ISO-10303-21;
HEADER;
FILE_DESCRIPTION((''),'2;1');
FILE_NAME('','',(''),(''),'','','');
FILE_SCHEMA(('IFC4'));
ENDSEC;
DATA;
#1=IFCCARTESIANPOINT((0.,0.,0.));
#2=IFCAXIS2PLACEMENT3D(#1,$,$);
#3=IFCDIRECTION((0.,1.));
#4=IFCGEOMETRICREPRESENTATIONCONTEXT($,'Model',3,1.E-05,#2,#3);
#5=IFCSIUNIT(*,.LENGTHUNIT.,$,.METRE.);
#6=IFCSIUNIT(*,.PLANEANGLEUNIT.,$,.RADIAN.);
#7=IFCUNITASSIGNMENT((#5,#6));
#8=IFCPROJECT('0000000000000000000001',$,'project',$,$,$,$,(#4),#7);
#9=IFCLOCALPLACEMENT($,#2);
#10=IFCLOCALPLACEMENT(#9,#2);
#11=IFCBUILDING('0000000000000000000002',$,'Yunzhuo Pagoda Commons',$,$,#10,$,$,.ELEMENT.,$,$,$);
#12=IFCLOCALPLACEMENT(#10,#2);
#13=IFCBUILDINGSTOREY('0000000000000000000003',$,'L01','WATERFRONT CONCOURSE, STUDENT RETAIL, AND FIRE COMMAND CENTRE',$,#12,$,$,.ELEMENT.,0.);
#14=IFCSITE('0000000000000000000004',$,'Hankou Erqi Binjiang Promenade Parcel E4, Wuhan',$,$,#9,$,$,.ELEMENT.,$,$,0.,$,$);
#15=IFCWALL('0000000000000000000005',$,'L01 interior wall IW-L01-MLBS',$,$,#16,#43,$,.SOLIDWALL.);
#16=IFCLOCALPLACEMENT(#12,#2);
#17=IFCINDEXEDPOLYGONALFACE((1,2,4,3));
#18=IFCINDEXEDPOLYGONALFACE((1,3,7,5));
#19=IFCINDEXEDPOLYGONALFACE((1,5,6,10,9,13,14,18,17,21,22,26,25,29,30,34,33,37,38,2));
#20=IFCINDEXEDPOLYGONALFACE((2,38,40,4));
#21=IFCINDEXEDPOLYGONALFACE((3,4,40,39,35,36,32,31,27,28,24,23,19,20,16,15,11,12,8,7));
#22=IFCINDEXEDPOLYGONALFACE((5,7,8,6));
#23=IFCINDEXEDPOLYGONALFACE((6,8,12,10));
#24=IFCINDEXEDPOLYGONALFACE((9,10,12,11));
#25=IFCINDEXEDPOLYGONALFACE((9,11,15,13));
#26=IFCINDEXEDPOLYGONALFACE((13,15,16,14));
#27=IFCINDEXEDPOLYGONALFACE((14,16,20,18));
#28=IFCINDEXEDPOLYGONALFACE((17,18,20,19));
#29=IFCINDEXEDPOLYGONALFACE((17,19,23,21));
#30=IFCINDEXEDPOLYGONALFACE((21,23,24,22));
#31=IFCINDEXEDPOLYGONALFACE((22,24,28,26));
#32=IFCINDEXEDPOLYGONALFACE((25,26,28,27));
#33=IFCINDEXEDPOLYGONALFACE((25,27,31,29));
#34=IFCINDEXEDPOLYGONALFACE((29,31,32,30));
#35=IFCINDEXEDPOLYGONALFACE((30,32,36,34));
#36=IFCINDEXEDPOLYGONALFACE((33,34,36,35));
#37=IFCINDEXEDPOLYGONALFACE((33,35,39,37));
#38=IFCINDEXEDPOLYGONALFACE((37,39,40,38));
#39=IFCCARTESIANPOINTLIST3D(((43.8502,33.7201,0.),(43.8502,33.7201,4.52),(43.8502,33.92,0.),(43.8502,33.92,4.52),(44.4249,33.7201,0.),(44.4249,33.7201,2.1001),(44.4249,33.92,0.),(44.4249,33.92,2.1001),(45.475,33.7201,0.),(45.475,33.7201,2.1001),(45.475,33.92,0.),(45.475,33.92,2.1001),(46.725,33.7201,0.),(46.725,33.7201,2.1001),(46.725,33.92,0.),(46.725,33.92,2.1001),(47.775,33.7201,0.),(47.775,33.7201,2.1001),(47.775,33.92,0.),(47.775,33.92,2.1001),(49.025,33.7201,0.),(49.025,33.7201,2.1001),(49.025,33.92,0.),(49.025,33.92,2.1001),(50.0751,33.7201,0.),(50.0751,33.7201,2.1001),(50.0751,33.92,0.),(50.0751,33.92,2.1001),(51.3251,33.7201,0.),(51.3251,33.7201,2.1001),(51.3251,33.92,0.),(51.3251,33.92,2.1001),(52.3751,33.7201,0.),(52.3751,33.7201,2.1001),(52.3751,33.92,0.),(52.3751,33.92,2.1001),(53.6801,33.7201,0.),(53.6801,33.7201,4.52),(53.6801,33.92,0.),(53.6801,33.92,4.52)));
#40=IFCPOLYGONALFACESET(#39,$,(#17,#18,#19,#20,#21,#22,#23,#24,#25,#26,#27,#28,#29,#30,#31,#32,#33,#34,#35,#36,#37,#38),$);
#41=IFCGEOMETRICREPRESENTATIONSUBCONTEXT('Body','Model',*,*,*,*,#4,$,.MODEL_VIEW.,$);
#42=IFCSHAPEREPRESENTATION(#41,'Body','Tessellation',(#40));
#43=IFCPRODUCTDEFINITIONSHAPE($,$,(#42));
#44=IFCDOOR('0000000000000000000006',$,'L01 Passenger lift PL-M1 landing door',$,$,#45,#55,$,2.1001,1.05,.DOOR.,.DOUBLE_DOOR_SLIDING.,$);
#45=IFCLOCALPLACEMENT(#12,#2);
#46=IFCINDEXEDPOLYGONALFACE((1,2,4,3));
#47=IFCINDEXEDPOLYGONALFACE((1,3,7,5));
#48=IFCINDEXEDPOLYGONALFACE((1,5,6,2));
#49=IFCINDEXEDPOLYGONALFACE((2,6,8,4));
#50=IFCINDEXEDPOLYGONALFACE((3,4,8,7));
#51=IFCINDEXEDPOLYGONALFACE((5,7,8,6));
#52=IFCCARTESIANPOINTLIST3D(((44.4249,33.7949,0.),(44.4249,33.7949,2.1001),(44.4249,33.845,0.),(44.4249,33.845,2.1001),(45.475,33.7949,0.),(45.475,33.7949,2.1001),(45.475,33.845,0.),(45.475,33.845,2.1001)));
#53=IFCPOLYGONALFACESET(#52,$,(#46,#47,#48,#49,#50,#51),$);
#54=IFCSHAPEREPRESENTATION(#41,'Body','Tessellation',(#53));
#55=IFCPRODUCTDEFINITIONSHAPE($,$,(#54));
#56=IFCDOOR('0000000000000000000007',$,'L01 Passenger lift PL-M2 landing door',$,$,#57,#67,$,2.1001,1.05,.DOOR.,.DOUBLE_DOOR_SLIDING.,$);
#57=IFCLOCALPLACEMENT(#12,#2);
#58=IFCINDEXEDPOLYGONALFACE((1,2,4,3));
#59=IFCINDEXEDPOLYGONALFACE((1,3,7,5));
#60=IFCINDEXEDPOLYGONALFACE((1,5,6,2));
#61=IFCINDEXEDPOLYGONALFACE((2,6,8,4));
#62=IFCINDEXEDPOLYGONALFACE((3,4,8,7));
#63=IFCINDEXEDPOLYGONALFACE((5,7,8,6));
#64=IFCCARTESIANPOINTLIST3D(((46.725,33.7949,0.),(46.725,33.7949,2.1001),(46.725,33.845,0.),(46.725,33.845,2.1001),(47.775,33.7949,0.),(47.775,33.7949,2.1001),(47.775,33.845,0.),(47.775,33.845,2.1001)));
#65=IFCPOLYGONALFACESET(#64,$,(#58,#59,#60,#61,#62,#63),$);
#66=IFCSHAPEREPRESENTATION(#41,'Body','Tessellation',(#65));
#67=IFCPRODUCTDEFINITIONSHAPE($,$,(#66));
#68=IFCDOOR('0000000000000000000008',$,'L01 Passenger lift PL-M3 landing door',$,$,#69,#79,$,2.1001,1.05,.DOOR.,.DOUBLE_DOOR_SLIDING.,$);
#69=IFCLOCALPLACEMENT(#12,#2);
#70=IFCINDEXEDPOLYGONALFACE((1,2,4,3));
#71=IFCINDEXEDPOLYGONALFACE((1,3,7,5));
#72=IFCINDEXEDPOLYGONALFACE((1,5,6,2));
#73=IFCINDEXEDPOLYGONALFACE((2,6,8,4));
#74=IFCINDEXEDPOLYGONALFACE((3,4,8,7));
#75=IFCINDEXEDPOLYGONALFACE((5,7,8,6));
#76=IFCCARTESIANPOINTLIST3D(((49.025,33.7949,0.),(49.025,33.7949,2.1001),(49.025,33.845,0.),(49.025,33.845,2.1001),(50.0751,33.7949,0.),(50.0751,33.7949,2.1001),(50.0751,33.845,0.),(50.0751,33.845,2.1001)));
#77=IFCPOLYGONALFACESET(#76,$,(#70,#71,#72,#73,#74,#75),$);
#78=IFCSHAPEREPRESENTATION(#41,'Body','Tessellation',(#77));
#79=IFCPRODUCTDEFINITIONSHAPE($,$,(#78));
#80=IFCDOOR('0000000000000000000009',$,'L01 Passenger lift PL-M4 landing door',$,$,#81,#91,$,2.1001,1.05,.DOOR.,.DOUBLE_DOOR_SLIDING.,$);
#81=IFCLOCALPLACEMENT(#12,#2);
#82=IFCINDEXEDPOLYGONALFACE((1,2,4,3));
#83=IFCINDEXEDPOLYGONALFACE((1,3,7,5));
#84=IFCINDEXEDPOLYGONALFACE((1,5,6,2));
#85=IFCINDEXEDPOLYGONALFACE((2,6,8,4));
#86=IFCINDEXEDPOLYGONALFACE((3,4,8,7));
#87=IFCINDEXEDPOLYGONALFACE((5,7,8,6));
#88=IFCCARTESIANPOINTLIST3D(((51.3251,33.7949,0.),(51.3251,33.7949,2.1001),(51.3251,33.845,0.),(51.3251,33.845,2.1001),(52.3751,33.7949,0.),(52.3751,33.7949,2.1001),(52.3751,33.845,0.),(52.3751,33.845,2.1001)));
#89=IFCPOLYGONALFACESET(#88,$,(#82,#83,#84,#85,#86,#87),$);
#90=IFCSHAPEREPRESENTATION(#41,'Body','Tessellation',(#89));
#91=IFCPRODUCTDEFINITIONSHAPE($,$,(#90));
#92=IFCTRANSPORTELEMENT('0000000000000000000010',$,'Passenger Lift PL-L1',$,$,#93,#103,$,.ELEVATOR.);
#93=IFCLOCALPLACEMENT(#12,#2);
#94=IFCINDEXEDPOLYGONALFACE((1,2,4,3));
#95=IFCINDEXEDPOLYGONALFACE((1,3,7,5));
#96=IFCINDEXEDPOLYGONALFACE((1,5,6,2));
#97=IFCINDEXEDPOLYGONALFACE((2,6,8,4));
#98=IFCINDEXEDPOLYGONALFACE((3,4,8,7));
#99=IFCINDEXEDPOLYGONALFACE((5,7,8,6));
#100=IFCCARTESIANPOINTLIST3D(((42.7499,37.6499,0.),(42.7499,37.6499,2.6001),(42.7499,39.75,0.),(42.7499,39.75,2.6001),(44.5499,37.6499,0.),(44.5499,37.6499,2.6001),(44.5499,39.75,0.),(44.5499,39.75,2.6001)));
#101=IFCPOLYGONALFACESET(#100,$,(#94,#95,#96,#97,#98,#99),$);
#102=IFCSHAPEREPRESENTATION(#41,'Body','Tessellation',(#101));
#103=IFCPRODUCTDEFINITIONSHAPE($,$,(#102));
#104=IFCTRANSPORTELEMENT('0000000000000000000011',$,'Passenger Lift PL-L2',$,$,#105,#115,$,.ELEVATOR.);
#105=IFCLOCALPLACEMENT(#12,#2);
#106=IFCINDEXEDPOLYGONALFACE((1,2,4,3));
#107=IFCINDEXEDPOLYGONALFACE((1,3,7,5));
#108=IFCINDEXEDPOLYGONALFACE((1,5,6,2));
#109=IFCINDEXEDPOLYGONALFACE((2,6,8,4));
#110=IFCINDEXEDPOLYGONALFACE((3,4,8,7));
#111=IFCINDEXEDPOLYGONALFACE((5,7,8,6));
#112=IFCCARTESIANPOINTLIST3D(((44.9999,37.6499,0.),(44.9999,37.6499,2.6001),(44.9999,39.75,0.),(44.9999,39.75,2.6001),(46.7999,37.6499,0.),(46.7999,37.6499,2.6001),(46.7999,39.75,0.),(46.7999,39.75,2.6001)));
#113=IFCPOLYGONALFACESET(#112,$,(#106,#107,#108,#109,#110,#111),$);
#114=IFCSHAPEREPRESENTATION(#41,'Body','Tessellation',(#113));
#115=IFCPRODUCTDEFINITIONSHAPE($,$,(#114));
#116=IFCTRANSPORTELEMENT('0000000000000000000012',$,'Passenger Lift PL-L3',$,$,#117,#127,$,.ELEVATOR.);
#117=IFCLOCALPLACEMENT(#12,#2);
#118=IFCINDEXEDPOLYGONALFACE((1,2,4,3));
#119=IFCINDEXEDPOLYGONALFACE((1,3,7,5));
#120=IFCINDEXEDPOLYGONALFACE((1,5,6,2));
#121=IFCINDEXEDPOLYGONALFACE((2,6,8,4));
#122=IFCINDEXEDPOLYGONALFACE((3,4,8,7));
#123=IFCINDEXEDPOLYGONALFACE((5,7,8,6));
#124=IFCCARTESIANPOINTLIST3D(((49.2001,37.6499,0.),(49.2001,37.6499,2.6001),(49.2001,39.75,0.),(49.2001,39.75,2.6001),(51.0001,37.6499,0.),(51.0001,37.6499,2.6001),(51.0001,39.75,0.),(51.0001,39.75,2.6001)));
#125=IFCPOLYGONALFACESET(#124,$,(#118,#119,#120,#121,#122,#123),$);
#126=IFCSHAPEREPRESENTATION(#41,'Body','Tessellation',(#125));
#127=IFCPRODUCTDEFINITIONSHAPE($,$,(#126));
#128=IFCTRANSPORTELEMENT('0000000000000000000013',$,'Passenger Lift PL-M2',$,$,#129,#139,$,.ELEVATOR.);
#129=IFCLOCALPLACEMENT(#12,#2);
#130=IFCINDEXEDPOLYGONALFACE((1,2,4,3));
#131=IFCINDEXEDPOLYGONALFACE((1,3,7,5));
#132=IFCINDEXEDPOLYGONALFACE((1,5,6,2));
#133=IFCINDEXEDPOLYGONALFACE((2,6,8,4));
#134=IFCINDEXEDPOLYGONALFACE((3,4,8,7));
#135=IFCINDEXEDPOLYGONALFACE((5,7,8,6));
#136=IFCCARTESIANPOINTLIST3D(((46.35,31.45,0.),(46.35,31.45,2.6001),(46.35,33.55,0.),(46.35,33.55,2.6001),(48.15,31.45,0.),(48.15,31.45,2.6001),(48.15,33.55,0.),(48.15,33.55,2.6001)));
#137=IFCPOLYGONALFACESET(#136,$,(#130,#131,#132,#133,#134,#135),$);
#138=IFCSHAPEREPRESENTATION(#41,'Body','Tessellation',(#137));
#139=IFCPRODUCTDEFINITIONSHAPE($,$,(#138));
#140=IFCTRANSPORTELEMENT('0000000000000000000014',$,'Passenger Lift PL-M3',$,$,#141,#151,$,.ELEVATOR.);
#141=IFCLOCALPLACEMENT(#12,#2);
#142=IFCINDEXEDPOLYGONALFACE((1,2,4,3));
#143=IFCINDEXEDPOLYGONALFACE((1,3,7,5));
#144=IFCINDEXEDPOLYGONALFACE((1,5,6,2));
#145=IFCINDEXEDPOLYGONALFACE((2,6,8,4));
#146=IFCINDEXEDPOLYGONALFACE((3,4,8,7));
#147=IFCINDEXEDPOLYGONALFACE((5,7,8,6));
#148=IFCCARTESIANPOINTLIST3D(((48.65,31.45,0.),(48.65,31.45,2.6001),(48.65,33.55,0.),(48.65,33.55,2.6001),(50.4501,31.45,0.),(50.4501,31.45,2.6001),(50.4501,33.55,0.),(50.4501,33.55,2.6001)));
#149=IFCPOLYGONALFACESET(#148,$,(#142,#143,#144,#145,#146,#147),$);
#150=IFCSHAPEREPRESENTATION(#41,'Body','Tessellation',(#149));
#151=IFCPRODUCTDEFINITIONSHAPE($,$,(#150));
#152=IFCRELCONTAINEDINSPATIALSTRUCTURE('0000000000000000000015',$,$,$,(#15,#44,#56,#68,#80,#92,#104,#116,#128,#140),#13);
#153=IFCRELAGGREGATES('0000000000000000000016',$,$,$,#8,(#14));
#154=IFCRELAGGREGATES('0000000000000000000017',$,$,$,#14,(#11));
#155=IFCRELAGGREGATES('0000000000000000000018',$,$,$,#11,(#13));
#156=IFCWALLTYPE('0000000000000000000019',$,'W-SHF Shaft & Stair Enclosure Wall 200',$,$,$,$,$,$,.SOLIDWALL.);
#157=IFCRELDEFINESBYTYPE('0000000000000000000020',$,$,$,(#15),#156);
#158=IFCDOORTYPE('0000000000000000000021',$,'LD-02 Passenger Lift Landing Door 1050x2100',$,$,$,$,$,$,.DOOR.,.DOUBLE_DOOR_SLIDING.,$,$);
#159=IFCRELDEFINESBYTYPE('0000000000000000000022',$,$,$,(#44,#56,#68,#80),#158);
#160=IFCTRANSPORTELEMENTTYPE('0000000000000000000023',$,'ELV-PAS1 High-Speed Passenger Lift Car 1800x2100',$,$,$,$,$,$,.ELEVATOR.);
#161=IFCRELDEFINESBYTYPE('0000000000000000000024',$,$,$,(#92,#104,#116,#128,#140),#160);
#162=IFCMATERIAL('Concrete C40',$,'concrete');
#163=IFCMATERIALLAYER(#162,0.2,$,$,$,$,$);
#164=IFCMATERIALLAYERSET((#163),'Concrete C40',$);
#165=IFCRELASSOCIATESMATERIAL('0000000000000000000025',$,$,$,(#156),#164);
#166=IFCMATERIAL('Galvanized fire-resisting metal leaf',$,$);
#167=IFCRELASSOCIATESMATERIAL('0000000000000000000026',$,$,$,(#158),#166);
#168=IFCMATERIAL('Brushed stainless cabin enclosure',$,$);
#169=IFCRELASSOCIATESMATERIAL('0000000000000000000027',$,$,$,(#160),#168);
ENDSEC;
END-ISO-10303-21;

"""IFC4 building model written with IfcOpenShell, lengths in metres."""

from ifc_helpers import new_model, si_unit, direction, frame, frame_2d, origin, origin_with_axes, origin_2d, place, context, subcontext, project, spatial, rectangle, extrude, source, transform, mapped, material, layer, layer_set, type_object, element, fill, save


model = new_model("IFC4")

# Units and contexts
model_context = context("Model", 3, precision=1e-05, world=origin(), true_north=direction((0.0, 1.0)))
body_context = subcontext(model_context, "Body", "Model", "MODEL_VIEW")
ifc_project = project(units=[si_unit("LENGTHUNIT", "METRE"), si_unit("PLANEANGLEUNIT", "RADIAN")], contexts=[model_context])

# Site, building, storey
site_placement = place(None, origin())
site = spatial("IfcSite", under=ifc_project, at=site_placement, Name="Hankou Erqi Binjiang Promenade Parcel E4, Wuhan", CompositionType="ELEMENT", RefElevation=0.0)
building_placement = place(site_placement, origin())
building = spatial("IfcBuilding", under=site, at=building_placement, Name="Yunzhuo Pagoda Commons", CompositionType="ELEMENT")
storey_placement = place(building_placement, origin())
storey = spatial("IfcBuildingStorey", under=building, at=storey_placement, Name="L01", Description="WATERFRONT CONCOURSE, STUDENT RETAIL, AND FIRE COMMAND CENTRE", CompositionType="ELEMENT", Elevation=0.0)

# Shared definitions
ifc_material_1 = material(Name="Galvanized fire-resisting metal leaf")
shared_shape_1 = source(origin(), body_context, "Body", "SweptSolid", [
    extrude(rectangle(XDim=1.05, YDim=2.1001, at=frame_2d((0.5249, 1.05))), frame((0.0, 0.0249, 0.0), z_axis=(0.0, -1.0, 0.0), x_axis=(1.0, 0.0, 0.0)), (0.0, 0.0, 1.0), 0.05),
])

# Shared definitions
ifc_material_2 = material(Name="Concrete C40", Category="concrete")
ifc_layer_1 = layer(ifc_material_2, 0.2)
ifc_layer_set_1 = layer_set([ifc_layer_1], Name="Concrete C40")
wall_type_1 = type_object("IfcWallType", Name="W-SHF Shaft & Stair Enclosure Wall 200", PredefinedType="SOLIDWALL", material=ifc_layer_set_1)
door_type_1 = type_object("IfcDoorType", Name="LD-02 Passenger Lift Landing Door 1050x2100", OperationType="DOUBLE_DOOR_SLIDING", PredefinedType="DOOR", material=ifc_material_1)

# Wall, openings, doors
wall_1_placement = place(storey_placement, frame((43.8501, 33.8201, 0.0), z_axis=(0.0, 0.0, 1.0), x_axis=(1.0, 0.0, 0.0)))
wall_1 = element("IfcWall", 1, at=wall_1_placement, inside=storey, type_object=wall_type_1, Name="L01 interior wall IW-L01-MLBS", PredefinedType="SOLIDWALL", context=body_context, shape_type="SweptSolid", body=[
    extrude(rectangle(XDim=9.8298, YDim=0.2, at=frame_2d((4.915, 0.0))), origin(), (0.0, 0.0, 1.0), 4.52),
])
opening_1_placement = place(wall_1_placement, frame((0.575, 0.0, 0.0)))
opening_1 = element("IfcOpeningElement", 2, at=opening_1_placement, cuts=wall_1, PredefinedType="OPENING", context=body_context, shape_type="SweptSolid", body=[
    extrude(rectangle(XDim=1.05, YDim=2.1001, at=frame_2d((0.5249, 1.05))), frame((0.0, 0.1099, 0.0), z_axis=(0.0, -1.0, 0.0), x_axis=(1.0, 0.0, 0.0)), (0.0, 0.0, 1.0), 0.22),
])
opening_2_placement = place(wall_1_placement, frame((2.875, 0.0, 0.0)))
opening_2 = element("IfcOpeningElement", 3, at=opening_2_placement, cuts=wall_1, PredefinedType="OPENING", context=body_context, shape_type="SweptSolid", body=[
    extrude(rectangle(XDim=1.05, YDim=2.1001, at=frame_2d((0.5249, 1.05))), frame((0.0, 0.1099, 0.0), z_axis=(0.0, -1.0, 0.0), x_axis=(1.0, 0.0, 0.0)), (0.0, 0.0, 1.0), 0.22),
])
opening_3_placement = place(wall_1_placement, frame((5.175, 0.0, 0.0)))
opening_3 = element("IfcOpeningElement", 4, at=opening_3_placement, cuts=wall_1, PredefinedType="OPENING", context=body_context, shape_type="SweptSolid", body=[
    extrude(rectangle(XDim=1.05, YDim=2.1001, at=frame_2d((0.5249, 1.05))), frame((0.0, 0.1099, 0.0), z_axis=(0.0, -1.0, 0.0), x_axis=(1.0, 0.0, 0.0)), (0.0, 0.0, 1.0), 0.22),
])
opening_4_placement = place(wall_1_placement, frame((7.4751, 0.0, 0.0)))
opening_4 = element("IfcOpeningElement", 5, at=opening_4_placement, cuts=wall_1, PredefinedType="OPENING", context=body_context, shape_type="SweptSolid", body=[
    extrude(rectangle(XDim=1.05, YDim=2.1001, at=frame_2d((0.5249, 1.05))), frame((0.0, 0.1099, 0.0), z_axis=(0.0, -1.0, 0.0), x_axis=(1.0, 0.0, 0.0)), (0.0, 0.0, 1.0), 0.22),
])
door_1_placement = place(opening_1_placement, origin_with_axes())
door_1 = element("IfcDoor", 6, at=door_1_placement, inside=storey, type_object=door_type_1, Name="L01 Passenger lift PL-M1 landing door", OperationType="DOUBLE_DOOR_SLIDING", OverallHeight=2.1001, OverallWidth=1.05, PredefinedType="DOOR", context=body_context, shape_type="MappedRepresentation", body=[
    mapped(shared_shape_1, transform((0.0, 0.0, 0.0), scale=1.0)),
])
fill(opening_1, door_1)
door_2_placement = place(opening_2_placement, origin_with_axes())
door_2 = element("IfcDoor", 7, at=door_2_placement, inside=storey, type_object=door_type_1, Name="L01 Passenger lift PL-M2 landing door", OperationType="DOUBLE_DOOR_SLIDING", OverallHeight=2.1001, OverallWidth=1.05, PredefinedType="DOOR", context=body_context, shape_type="MappedRepresentation", body=[
    mapped(shared_shape_1, transform((0.0, 0.0, 0.0), scale=1.0)),
])
fill(opening_2, door_2)
door_3_placement = place(opening_3_placement, origin_with_axes())
door_3 = element("IfcDoor", 8, at=door_3_placement, inside=storey, type_object=door_type_1, Name="L01 Passenger lift PL-M3 landing door", OperationType="DOUBLE_DOOR_SLIDING", OverallHeight=2.1001, OverallWidth=1.05, PredefinedType="DOOR", context=body_context, shape_type="MappedRepresentation", body=[
    mapped(shared_shape_1, transform((0.0, 0.0, 0.0), scale=1.0)),
])
fill(opening_3, door_3)
door_4_placement = place(opening_4_placement, origin_with_axes())
door_4 = element("IfcDoor", 9, at=door_4_placement, inside=storey, type_object=door_type_1, Name="L01 Passenger lift PL-M4 landing door", OperationType="DOUBLE_DOOR_SLIDING", OverallHeight=2.1001, OverallWidth=1.05, PredefinedType="DOOR", context=body_context, shape_type="MappedRepresentation", body=[
    mapped(shared_shape_1, transform((0.0, 0.0, 0.0), scale=1.0)),
])
fill(opening_4, door_4)

# Transport elements
ifc_material_3 = material(Name="Brushed stainless cabin enclosure")
transport_element_type = type_object("IfcTransportElementType", Name="ELV-PAS1 High-Speed Passenger Lift Car 1800x2100", PredefinedType="ELEVATOR", material=ifc_material_3)
shared_shape_2 = source(origin(), body_context, "Body", "SweptSolid", [
    extrude(rectangle(XDim=1.8, YDim=2.1001, at=origin_2d()), origin(), (0.0, 0.0, 1.0), 2.6001),
])
for number, where, z_axis, x_axis, name in (
    (10, (43.6499, 38.7, 0.0), (0.0, 0.0, 1.0), (1.0, 0.0, 0.0), "Passenger Lift PL-L1"),
    (11, (45.8999, 38.7, 0.0), (0.0, 0.0, 1.0), (1.0, 0.0, 0.0), "Passenger Lift PL-L2"),
    (12, (50.1001, 38.7, 0.0), (0.0, 0.0, 1.0), (1.0, 0.0, 0.0), "Passenger Lift PL-L3"),
    (13, (47.25, 32.5, 0.0), (0.0, 0.0, 1.0), (1.0, 0.0, 0.0), "Passenger Lift PL-M2"),
    (14, (49.55, 32.5, 0.0), (0.0, 0.0, 1.0), (1.0, 0.0, 0.0), "Passenger Lift PL-M3"),
):
    element("IfcTransportElement", number, at=place(storey_placement, frame(where, z_axis=z_axis, x_axis=x_axis)), inside=storey, type_object=transport_element_type, Name=name, PredefinedType="ELEVATOR", context=body_context, shape_type="MappedRepresentation", body=[
        mapped(shared_shape_2, transform((0.0, 0.0, 0.0), scale=1.0)),
    ])

save(model, "model.ifc")
